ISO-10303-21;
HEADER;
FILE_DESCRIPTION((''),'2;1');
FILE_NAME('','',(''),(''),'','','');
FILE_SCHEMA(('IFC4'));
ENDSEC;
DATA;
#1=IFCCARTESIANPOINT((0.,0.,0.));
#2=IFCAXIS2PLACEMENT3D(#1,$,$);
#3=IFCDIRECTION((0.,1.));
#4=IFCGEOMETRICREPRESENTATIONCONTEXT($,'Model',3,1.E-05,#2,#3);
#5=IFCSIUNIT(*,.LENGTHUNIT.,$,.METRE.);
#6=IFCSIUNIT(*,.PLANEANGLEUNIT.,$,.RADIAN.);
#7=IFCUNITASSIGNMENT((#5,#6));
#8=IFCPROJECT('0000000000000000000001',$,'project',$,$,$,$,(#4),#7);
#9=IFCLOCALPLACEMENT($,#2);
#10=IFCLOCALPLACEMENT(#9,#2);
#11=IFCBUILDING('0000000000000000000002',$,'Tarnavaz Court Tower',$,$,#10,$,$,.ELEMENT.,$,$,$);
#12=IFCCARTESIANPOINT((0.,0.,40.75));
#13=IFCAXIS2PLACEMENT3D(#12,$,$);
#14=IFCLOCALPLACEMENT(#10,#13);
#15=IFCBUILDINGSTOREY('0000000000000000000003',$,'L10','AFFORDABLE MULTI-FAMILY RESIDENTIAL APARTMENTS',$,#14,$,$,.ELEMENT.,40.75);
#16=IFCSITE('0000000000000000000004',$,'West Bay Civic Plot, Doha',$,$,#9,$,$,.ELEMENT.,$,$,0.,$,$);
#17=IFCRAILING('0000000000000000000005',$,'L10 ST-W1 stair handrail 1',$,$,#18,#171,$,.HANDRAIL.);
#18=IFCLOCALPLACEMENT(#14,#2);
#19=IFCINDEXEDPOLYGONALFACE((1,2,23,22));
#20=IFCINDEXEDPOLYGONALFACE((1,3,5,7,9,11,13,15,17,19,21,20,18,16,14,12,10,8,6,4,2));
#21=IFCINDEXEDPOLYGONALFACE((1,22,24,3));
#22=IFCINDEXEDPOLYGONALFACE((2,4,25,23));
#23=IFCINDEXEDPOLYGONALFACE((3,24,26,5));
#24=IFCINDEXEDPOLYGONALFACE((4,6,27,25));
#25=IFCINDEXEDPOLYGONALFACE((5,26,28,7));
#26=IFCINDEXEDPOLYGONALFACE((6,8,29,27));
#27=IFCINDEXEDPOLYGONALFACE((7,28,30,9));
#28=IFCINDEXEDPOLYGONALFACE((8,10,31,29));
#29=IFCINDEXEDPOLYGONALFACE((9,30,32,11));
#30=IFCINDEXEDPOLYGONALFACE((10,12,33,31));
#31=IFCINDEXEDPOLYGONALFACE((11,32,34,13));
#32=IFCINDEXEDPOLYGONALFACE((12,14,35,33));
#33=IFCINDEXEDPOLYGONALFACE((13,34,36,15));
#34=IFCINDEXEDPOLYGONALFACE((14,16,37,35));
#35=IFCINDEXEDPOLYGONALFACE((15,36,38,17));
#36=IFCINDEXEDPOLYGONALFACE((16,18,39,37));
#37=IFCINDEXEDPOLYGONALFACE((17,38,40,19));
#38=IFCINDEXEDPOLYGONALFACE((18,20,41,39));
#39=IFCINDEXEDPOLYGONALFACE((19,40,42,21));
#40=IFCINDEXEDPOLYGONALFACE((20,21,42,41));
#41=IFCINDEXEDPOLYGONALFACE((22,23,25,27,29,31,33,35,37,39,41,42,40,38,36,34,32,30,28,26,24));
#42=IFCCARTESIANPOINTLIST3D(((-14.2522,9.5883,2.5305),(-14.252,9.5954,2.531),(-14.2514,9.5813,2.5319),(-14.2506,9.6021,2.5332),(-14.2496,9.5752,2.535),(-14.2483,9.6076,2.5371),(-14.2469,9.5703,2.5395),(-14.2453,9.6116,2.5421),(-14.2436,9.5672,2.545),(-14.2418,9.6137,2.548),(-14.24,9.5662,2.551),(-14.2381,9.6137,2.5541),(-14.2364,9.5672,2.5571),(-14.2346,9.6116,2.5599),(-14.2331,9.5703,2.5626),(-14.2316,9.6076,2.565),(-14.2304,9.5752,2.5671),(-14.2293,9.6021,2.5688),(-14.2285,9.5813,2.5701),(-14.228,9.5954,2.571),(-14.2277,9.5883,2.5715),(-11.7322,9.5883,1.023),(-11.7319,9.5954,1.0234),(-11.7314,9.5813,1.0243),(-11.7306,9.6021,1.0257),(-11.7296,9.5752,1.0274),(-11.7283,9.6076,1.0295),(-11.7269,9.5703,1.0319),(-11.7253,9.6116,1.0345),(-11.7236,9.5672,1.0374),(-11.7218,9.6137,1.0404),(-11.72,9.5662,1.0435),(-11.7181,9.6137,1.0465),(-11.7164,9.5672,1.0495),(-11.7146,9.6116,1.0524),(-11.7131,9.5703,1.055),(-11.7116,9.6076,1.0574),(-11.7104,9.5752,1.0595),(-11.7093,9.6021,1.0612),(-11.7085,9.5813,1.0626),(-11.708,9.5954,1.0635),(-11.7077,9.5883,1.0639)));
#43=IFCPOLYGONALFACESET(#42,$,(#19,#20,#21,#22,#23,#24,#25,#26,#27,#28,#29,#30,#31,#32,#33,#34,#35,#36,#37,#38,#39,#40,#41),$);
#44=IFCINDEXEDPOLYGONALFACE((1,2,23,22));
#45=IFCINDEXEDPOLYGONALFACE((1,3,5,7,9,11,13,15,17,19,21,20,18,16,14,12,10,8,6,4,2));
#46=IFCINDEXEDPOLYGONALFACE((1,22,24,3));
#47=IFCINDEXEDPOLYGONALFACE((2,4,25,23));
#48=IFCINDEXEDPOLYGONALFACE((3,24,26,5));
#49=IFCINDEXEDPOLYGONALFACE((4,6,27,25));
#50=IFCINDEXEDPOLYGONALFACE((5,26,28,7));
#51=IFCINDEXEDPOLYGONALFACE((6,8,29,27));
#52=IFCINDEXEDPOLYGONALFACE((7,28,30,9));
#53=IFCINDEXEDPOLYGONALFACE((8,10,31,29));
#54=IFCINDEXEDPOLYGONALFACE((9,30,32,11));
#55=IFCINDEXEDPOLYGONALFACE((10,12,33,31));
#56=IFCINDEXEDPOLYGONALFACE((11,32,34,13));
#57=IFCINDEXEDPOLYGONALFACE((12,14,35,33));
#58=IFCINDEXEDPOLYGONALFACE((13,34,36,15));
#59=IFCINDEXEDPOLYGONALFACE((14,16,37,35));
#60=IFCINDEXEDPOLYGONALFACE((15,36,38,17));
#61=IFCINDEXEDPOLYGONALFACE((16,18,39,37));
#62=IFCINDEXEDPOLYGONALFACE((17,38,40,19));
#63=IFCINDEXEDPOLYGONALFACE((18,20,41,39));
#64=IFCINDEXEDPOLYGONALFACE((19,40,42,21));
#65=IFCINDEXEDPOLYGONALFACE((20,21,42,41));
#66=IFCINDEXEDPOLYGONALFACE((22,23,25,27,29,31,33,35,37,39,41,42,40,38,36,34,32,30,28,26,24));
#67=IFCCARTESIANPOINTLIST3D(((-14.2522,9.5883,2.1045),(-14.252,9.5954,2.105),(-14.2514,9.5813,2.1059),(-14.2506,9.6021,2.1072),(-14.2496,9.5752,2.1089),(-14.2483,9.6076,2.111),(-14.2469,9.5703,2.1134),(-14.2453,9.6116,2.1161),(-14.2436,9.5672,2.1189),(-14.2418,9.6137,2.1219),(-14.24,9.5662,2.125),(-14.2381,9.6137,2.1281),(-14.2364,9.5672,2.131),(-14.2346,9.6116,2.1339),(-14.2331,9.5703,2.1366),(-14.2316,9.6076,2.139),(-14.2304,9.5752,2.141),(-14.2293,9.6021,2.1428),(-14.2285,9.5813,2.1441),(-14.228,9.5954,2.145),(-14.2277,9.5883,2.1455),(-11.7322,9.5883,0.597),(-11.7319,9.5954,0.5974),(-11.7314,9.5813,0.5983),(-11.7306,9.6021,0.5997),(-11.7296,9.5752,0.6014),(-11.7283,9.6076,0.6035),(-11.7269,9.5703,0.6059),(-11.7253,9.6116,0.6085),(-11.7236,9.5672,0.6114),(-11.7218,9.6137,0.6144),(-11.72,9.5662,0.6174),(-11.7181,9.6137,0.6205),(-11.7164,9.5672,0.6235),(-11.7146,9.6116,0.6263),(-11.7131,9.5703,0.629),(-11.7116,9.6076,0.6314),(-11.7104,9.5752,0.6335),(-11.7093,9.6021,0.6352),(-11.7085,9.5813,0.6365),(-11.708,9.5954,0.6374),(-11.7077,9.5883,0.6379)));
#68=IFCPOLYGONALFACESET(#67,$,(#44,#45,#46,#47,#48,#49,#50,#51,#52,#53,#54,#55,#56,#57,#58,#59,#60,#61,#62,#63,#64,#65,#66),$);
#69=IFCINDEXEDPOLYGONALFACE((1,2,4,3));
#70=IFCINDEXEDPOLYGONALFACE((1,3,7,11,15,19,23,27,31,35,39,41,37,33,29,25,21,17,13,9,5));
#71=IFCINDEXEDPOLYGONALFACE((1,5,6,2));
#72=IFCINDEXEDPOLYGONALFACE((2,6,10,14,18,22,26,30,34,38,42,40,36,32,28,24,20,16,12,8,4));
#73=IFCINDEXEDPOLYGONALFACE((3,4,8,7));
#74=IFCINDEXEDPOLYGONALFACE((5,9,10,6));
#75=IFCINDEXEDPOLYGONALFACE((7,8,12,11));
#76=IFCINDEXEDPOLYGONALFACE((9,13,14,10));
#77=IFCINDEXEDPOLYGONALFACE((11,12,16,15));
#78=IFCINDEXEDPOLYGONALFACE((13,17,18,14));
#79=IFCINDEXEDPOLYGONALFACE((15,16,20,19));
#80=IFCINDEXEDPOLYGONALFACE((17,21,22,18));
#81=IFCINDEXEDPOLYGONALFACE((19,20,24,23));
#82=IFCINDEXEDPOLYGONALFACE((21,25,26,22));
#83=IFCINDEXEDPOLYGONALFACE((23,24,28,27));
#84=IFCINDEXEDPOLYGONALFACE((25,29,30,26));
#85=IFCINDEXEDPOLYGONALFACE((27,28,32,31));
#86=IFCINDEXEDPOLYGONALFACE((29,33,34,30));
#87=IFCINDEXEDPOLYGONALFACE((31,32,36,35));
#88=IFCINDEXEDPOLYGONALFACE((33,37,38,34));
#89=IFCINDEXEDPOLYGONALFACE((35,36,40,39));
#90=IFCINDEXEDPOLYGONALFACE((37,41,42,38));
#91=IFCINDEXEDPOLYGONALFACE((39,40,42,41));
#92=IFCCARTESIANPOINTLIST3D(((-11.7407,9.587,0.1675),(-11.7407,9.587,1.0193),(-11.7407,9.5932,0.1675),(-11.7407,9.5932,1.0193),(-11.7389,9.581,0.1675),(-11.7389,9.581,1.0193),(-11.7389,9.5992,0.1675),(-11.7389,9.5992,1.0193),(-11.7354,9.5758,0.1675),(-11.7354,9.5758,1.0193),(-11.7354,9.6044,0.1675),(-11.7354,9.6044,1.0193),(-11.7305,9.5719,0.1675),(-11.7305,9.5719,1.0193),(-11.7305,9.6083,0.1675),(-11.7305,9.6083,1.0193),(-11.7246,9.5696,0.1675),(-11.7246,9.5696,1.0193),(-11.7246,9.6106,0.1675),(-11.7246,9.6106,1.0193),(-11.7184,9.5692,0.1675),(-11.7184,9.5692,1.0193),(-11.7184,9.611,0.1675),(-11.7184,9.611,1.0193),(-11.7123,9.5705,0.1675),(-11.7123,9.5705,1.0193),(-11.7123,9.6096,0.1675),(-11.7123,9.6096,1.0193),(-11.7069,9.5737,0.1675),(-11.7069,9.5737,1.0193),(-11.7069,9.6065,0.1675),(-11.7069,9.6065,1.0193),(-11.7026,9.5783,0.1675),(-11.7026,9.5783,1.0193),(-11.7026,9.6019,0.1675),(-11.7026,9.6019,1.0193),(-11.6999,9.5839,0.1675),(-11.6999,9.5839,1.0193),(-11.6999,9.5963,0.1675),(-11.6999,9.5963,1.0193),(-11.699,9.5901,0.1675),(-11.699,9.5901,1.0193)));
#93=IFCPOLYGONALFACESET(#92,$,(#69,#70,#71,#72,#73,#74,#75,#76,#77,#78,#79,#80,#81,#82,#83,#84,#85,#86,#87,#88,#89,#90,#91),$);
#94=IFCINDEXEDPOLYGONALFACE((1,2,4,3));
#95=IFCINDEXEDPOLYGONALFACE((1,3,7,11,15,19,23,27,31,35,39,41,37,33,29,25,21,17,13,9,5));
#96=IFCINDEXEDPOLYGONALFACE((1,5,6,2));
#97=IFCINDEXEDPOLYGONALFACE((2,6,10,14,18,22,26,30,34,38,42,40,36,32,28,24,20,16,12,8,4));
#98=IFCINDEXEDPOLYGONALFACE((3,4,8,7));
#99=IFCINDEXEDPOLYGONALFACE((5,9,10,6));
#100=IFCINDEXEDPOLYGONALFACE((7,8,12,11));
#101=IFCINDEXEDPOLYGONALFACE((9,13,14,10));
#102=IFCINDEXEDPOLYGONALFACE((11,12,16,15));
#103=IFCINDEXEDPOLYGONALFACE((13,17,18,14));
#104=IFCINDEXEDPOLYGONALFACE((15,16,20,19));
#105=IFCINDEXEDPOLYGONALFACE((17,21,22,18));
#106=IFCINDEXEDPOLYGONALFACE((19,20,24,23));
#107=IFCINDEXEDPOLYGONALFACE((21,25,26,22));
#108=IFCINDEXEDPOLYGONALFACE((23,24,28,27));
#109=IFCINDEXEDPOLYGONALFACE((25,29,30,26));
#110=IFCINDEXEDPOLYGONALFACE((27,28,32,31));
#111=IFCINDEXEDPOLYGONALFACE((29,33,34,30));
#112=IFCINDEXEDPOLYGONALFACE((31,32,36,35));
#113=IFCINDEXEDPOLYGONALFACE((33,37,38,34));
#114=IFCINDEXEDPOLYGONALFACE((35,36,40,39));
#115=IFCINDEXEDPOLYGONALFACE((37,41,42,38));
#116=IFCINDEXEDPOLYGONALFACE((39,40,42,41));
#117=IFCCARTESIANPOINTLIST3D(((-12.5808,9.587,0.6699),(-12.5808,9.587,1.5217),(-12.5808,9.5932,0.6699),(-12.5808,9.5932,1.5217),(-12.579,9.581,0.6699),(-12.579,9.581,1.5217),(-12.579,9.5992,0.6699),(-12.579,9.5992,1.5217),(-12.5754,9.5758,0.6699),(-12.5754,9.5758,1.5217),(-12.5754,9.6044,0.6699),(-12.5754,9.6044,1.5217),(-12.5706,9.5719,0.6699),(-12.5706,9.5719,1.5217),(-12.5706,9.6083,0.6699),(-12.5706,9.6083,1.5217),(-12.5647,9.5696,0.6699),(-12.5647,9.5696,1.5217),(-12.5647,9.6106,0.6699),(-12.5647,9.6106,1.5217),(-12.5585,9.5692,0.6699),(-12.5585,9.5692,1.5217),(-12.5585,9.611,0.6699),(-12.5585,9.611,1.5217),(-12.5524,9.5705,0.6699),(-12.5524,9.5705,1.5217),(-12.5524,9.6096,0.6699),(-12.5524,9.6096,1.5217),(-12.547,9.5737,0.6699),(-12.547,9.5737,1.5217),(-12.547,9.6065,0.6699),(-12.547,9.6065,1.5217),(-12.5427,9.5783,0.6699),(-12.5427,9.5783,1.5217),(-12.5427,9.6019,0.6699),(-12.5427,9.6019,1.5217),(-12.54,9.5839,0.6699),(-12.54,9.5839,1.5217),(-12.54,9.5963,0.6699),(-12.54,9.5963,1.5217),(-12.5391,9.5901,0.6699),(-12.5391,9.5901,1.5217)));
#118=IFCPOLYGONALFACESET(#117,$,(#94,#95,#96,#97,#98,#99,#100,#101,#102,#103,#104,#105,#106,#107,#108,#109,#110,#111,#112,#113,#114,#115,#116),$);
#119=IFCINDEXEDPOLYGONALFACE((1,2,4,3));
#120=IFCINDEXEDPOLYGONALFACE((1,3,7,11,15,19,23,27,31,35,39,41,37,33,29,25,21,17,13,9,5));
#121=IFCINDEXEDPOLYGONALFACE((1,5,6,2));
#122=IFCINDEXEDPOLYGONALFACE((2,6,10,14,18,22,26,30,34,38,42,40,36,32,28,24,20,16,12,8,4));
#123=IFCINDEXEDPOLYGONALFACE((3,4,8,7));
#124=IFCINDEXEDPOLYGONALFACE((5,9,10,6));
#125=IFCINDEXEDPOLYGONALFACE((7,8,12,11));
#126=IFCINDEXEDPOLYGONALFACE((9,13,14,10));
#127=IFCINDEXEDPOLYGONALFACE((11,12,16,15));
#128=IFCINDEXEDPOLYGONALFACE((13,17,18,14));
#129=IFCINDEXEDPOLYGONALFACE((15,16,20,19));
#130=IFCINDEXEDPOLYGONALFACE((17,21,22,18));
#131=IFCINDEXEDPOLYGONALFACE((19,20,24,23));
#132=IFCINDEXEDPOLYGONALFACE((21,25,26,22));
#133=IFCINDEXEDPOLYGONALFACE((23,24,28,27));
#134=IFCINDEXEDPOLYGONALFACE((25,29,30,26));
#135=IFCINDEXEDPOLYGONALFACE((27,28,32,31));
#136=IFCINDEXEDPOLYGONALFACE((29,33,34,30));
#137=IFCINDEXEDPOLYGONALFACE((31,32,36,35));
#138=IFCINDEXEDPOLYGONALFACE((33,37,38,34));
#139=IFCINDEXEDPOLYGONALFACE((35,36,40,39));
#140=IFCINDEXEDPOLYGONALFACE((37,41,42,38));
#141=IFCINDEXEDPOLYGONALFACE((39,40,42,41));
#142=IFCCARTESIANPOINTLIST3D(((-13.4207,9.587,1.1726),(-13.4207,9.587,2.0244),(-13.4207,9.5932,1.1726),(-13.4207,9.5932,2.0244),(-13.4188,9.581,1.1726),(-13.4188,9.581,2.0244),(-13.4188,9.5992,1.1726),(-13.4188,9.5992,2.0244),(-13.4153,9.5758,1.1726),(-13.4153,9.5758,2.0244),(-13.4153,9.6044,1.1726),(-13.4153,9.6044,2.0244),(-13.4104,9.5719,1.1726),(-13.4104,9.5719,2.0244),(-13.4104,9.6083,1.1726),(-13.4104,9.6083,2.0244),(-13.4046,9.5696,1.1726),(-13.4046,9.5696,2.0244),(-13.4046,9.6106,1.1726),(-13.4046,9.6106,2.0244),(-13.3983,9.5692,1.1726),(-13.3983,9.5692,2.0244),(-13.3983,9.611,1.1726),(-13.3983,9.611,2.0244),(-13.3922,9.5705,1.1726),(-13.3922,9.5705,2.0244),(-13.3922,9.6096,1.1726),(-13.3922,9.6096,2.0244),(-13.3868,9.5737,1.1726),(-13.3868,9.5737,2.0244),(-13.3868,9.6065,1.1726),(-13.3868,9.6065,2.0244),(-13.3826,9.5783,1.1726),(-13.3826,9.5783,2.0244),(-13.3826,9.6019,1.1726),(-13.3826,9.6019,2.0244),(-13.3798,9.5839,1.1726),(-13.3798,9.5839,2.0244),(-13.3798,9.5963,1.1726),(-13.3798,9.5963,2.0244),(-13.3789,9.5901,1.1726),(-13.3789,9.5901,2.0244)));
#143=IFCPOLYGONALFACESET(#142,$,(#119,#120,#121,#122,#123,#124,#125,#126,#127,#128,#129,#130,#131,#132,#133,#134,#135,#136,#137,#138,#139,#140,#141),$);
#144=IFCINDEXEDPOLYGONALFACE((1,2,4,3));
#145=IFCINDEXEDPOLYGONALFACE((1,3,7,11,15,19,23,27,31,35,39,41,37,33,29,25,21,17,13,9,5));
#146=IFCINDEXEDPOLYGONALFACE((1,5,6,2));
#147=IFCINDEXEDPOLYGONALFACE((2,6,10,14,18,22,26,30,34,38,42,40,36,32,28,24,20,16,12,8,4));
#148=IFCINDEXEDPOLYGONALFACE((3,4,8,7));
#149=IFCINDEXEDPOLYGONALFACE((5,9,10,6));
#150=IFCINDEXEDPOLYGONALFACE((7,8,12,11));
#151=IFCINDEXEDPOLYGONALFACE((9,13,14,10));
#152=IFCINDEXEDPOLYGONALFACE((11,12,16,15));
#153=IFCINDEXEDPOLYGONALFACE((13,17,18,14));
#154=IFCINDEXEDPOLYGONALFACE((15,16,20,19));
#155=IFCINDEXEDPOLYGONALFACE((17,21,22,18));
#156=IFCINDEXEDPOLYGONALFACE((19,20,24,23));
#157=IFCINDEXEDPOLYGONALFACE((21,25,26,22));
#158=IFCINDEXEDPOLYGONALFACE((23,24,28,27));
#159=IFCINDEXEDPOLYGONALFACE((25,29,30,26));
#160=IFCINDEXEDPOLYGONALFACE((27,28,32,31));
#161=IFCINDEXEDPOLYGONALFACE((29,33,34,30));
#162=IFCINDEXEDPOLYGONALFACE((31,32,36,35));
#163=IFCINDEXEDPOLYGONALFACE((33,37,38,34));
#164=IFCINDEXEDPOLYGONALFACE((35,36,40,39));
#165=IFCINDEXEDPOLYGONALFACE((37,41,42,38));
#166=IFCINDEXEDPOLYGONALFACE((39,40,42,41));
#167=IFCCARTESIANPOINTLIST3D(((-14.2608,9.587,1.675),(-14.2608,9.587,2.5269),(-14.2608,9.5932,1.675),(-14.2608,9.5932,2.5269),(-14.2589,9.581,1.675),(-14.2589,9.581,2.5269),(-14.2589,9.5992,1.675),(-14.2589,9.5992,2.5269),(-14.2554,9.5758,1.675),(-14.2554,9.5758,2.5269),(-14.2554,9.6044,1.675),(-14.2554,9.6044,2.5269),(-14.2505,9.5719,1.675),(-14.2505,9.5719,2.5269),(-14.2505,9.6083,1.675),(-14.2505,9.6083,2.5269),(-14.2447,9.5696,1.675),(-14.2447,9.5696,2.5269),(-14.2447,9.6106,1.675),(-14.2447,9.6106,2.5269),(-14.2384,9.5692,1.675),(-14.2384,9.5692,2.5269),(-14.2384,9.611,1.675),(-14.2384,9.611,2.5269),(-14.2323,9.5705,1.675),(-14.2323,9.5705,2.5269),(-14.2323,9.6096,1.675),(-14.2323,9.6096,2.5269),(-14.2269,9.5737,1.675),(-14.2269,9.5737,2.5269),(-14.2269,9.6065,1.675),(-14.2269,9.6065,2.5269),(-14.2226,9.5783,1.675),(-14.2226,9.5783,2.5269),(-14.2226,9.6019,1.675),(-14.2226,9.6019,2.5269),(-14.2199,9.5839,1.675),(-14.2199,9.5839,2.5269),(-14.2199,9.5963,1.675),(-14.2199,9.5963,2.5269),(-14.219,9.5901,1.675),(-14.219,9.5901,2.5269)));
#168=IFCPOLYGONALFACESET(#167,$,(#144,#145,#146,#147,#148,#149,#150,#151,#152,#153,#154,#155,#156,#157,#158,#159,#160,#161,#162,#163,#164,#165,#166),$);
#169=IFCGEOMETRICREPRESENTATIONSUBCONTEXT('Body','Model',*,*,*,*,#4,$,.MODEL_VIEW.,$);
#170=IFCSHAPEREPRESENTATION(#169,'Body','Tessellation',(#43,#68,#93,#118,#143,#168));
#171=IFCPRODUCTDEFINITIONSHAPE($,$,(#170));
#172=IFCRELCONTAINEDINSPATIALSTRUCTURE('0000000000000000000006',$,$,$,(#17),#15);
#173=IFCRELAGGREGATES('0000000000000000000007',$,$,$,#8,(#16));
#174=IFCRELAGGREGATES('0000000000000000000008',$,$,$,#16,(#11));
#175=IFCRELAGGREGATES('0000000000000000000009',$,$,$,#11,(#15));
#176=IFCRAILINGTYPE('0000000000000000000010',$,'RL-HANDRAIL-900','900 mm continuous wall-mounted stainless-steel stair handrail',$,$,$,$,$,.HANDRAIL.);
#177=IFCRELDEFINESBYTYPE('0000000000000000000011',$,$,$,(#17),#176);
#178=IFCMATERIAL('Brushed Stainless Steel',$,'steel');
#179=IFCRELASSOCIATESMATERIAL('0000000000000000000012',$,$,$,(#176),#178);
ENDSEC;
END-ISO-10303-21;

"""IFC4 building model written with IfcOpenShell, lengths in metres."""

from ifc_helpers import new_model, si_unit, direction, frame, origin, origin_2d, place, context, subcontext, project, spatial, circle, extrude, material, type_object, element, save


model = new_model("IFC4")

# Units and contexts
model_context = context("Model", 3, precision=1e-05, world=origin(), true_north=direction((0.0, 1.0)))
body_context = subcontext(model_context, "Body", "Model", "MODEL_VIEW")
ifc_project = project(units=[si_unit("LENGTHUNIT", "METRE"), si_unit("PLANEANGLEUNIT", "RADIAN")], contexts=[model_context])

# Site, building, storey
site_placement = place(None, origin())
site = spatial("IfcSite", under=ifc_project, at=site_placement, Name="West Bay Civic Plot, Doha", CompositionType="ELEMENT", RefElevation=0.0)
building_placement = place(site_placement, origin())
building = spatial("IfcBuilding", under=site, at=building_placement, Name="Tarnavaz Court Tower", CompositionType="ELEMENT")
storey_placement = place(building_placement, frame((0.0, 0.0, 40.75)))
storey = spatial("IfcBuildingStorey", under=building, at=storey_placement, Name="L10", Description="AFFORDABLE MULTI-FAMILY RESIDENTIAL APARTMENTS", CompositionType="ELEMENT", Elevation=40.75)

# Railing
ifc_material_1 = material(Name="Brushed Stainless Steel", Category="steel")
railing_type_1 = type_object("IfcRailingType", Name="RL-HANDRAIL-900", Description="900 mm continuous wall-mounted stainless-steel stair handrail", PredefinedType="HANDRAIL", material=ifc_material_1)
railing_1_placement = place(storey_placement, frame((-11.72, 9.5901, 0.1675)))
element("IfcRailing", 1, at=railing_1_placement, inside=storey, type_object=railing_type_1, Name="L10 ST-W1 stair handrail 1", PredefinedType="HANDRAIL", context=body_context, shape_type="SweptSolid", body=[
    extrude(circle(Radius=0.0239, at=origin_2d()), frame((0.0, 0.0, 0.876), z_axis=(-0.85816, 0.0, 0.513383), x_axis=(0.0, -1.0, 0.0)), (0.0, 0.0, 1.0), 2.9365),
    extrude(circle(Radius=0.0239, at=origin_2d()), frame((0.0, 0.0, 0.45), z_axis=(-0.85816, 0.0, 0.513383), x_axis=(0.0, -1.0, 0.0)), (0.0, 0.0, 1.0), 2.9365),
    extrude(circle(Radius=0.021, at=origin_2d()), origin(), (0.0, 0.0, 1.0), 0.8518),
    extrude(circle(Radius=0.021, at=origin_2d()), frame((-0.8401, 0.0, 0.5024)), (0.0, 0.0, 1.0), 0.8518),
    extrude(circle(Radius=0.021, at=origin_2d()), frame((-1.6799, 0.0, 1.0051)), (0.0, 0.0, 1.0), 0.8518),
    extrude(circle(Radius=0.021, at=origin_2d()), frame((-2.52, 0.0, 1.5076)), (0.0, 0.0, 1.0), 0.8518),
])

save(model, "model.ifc")
